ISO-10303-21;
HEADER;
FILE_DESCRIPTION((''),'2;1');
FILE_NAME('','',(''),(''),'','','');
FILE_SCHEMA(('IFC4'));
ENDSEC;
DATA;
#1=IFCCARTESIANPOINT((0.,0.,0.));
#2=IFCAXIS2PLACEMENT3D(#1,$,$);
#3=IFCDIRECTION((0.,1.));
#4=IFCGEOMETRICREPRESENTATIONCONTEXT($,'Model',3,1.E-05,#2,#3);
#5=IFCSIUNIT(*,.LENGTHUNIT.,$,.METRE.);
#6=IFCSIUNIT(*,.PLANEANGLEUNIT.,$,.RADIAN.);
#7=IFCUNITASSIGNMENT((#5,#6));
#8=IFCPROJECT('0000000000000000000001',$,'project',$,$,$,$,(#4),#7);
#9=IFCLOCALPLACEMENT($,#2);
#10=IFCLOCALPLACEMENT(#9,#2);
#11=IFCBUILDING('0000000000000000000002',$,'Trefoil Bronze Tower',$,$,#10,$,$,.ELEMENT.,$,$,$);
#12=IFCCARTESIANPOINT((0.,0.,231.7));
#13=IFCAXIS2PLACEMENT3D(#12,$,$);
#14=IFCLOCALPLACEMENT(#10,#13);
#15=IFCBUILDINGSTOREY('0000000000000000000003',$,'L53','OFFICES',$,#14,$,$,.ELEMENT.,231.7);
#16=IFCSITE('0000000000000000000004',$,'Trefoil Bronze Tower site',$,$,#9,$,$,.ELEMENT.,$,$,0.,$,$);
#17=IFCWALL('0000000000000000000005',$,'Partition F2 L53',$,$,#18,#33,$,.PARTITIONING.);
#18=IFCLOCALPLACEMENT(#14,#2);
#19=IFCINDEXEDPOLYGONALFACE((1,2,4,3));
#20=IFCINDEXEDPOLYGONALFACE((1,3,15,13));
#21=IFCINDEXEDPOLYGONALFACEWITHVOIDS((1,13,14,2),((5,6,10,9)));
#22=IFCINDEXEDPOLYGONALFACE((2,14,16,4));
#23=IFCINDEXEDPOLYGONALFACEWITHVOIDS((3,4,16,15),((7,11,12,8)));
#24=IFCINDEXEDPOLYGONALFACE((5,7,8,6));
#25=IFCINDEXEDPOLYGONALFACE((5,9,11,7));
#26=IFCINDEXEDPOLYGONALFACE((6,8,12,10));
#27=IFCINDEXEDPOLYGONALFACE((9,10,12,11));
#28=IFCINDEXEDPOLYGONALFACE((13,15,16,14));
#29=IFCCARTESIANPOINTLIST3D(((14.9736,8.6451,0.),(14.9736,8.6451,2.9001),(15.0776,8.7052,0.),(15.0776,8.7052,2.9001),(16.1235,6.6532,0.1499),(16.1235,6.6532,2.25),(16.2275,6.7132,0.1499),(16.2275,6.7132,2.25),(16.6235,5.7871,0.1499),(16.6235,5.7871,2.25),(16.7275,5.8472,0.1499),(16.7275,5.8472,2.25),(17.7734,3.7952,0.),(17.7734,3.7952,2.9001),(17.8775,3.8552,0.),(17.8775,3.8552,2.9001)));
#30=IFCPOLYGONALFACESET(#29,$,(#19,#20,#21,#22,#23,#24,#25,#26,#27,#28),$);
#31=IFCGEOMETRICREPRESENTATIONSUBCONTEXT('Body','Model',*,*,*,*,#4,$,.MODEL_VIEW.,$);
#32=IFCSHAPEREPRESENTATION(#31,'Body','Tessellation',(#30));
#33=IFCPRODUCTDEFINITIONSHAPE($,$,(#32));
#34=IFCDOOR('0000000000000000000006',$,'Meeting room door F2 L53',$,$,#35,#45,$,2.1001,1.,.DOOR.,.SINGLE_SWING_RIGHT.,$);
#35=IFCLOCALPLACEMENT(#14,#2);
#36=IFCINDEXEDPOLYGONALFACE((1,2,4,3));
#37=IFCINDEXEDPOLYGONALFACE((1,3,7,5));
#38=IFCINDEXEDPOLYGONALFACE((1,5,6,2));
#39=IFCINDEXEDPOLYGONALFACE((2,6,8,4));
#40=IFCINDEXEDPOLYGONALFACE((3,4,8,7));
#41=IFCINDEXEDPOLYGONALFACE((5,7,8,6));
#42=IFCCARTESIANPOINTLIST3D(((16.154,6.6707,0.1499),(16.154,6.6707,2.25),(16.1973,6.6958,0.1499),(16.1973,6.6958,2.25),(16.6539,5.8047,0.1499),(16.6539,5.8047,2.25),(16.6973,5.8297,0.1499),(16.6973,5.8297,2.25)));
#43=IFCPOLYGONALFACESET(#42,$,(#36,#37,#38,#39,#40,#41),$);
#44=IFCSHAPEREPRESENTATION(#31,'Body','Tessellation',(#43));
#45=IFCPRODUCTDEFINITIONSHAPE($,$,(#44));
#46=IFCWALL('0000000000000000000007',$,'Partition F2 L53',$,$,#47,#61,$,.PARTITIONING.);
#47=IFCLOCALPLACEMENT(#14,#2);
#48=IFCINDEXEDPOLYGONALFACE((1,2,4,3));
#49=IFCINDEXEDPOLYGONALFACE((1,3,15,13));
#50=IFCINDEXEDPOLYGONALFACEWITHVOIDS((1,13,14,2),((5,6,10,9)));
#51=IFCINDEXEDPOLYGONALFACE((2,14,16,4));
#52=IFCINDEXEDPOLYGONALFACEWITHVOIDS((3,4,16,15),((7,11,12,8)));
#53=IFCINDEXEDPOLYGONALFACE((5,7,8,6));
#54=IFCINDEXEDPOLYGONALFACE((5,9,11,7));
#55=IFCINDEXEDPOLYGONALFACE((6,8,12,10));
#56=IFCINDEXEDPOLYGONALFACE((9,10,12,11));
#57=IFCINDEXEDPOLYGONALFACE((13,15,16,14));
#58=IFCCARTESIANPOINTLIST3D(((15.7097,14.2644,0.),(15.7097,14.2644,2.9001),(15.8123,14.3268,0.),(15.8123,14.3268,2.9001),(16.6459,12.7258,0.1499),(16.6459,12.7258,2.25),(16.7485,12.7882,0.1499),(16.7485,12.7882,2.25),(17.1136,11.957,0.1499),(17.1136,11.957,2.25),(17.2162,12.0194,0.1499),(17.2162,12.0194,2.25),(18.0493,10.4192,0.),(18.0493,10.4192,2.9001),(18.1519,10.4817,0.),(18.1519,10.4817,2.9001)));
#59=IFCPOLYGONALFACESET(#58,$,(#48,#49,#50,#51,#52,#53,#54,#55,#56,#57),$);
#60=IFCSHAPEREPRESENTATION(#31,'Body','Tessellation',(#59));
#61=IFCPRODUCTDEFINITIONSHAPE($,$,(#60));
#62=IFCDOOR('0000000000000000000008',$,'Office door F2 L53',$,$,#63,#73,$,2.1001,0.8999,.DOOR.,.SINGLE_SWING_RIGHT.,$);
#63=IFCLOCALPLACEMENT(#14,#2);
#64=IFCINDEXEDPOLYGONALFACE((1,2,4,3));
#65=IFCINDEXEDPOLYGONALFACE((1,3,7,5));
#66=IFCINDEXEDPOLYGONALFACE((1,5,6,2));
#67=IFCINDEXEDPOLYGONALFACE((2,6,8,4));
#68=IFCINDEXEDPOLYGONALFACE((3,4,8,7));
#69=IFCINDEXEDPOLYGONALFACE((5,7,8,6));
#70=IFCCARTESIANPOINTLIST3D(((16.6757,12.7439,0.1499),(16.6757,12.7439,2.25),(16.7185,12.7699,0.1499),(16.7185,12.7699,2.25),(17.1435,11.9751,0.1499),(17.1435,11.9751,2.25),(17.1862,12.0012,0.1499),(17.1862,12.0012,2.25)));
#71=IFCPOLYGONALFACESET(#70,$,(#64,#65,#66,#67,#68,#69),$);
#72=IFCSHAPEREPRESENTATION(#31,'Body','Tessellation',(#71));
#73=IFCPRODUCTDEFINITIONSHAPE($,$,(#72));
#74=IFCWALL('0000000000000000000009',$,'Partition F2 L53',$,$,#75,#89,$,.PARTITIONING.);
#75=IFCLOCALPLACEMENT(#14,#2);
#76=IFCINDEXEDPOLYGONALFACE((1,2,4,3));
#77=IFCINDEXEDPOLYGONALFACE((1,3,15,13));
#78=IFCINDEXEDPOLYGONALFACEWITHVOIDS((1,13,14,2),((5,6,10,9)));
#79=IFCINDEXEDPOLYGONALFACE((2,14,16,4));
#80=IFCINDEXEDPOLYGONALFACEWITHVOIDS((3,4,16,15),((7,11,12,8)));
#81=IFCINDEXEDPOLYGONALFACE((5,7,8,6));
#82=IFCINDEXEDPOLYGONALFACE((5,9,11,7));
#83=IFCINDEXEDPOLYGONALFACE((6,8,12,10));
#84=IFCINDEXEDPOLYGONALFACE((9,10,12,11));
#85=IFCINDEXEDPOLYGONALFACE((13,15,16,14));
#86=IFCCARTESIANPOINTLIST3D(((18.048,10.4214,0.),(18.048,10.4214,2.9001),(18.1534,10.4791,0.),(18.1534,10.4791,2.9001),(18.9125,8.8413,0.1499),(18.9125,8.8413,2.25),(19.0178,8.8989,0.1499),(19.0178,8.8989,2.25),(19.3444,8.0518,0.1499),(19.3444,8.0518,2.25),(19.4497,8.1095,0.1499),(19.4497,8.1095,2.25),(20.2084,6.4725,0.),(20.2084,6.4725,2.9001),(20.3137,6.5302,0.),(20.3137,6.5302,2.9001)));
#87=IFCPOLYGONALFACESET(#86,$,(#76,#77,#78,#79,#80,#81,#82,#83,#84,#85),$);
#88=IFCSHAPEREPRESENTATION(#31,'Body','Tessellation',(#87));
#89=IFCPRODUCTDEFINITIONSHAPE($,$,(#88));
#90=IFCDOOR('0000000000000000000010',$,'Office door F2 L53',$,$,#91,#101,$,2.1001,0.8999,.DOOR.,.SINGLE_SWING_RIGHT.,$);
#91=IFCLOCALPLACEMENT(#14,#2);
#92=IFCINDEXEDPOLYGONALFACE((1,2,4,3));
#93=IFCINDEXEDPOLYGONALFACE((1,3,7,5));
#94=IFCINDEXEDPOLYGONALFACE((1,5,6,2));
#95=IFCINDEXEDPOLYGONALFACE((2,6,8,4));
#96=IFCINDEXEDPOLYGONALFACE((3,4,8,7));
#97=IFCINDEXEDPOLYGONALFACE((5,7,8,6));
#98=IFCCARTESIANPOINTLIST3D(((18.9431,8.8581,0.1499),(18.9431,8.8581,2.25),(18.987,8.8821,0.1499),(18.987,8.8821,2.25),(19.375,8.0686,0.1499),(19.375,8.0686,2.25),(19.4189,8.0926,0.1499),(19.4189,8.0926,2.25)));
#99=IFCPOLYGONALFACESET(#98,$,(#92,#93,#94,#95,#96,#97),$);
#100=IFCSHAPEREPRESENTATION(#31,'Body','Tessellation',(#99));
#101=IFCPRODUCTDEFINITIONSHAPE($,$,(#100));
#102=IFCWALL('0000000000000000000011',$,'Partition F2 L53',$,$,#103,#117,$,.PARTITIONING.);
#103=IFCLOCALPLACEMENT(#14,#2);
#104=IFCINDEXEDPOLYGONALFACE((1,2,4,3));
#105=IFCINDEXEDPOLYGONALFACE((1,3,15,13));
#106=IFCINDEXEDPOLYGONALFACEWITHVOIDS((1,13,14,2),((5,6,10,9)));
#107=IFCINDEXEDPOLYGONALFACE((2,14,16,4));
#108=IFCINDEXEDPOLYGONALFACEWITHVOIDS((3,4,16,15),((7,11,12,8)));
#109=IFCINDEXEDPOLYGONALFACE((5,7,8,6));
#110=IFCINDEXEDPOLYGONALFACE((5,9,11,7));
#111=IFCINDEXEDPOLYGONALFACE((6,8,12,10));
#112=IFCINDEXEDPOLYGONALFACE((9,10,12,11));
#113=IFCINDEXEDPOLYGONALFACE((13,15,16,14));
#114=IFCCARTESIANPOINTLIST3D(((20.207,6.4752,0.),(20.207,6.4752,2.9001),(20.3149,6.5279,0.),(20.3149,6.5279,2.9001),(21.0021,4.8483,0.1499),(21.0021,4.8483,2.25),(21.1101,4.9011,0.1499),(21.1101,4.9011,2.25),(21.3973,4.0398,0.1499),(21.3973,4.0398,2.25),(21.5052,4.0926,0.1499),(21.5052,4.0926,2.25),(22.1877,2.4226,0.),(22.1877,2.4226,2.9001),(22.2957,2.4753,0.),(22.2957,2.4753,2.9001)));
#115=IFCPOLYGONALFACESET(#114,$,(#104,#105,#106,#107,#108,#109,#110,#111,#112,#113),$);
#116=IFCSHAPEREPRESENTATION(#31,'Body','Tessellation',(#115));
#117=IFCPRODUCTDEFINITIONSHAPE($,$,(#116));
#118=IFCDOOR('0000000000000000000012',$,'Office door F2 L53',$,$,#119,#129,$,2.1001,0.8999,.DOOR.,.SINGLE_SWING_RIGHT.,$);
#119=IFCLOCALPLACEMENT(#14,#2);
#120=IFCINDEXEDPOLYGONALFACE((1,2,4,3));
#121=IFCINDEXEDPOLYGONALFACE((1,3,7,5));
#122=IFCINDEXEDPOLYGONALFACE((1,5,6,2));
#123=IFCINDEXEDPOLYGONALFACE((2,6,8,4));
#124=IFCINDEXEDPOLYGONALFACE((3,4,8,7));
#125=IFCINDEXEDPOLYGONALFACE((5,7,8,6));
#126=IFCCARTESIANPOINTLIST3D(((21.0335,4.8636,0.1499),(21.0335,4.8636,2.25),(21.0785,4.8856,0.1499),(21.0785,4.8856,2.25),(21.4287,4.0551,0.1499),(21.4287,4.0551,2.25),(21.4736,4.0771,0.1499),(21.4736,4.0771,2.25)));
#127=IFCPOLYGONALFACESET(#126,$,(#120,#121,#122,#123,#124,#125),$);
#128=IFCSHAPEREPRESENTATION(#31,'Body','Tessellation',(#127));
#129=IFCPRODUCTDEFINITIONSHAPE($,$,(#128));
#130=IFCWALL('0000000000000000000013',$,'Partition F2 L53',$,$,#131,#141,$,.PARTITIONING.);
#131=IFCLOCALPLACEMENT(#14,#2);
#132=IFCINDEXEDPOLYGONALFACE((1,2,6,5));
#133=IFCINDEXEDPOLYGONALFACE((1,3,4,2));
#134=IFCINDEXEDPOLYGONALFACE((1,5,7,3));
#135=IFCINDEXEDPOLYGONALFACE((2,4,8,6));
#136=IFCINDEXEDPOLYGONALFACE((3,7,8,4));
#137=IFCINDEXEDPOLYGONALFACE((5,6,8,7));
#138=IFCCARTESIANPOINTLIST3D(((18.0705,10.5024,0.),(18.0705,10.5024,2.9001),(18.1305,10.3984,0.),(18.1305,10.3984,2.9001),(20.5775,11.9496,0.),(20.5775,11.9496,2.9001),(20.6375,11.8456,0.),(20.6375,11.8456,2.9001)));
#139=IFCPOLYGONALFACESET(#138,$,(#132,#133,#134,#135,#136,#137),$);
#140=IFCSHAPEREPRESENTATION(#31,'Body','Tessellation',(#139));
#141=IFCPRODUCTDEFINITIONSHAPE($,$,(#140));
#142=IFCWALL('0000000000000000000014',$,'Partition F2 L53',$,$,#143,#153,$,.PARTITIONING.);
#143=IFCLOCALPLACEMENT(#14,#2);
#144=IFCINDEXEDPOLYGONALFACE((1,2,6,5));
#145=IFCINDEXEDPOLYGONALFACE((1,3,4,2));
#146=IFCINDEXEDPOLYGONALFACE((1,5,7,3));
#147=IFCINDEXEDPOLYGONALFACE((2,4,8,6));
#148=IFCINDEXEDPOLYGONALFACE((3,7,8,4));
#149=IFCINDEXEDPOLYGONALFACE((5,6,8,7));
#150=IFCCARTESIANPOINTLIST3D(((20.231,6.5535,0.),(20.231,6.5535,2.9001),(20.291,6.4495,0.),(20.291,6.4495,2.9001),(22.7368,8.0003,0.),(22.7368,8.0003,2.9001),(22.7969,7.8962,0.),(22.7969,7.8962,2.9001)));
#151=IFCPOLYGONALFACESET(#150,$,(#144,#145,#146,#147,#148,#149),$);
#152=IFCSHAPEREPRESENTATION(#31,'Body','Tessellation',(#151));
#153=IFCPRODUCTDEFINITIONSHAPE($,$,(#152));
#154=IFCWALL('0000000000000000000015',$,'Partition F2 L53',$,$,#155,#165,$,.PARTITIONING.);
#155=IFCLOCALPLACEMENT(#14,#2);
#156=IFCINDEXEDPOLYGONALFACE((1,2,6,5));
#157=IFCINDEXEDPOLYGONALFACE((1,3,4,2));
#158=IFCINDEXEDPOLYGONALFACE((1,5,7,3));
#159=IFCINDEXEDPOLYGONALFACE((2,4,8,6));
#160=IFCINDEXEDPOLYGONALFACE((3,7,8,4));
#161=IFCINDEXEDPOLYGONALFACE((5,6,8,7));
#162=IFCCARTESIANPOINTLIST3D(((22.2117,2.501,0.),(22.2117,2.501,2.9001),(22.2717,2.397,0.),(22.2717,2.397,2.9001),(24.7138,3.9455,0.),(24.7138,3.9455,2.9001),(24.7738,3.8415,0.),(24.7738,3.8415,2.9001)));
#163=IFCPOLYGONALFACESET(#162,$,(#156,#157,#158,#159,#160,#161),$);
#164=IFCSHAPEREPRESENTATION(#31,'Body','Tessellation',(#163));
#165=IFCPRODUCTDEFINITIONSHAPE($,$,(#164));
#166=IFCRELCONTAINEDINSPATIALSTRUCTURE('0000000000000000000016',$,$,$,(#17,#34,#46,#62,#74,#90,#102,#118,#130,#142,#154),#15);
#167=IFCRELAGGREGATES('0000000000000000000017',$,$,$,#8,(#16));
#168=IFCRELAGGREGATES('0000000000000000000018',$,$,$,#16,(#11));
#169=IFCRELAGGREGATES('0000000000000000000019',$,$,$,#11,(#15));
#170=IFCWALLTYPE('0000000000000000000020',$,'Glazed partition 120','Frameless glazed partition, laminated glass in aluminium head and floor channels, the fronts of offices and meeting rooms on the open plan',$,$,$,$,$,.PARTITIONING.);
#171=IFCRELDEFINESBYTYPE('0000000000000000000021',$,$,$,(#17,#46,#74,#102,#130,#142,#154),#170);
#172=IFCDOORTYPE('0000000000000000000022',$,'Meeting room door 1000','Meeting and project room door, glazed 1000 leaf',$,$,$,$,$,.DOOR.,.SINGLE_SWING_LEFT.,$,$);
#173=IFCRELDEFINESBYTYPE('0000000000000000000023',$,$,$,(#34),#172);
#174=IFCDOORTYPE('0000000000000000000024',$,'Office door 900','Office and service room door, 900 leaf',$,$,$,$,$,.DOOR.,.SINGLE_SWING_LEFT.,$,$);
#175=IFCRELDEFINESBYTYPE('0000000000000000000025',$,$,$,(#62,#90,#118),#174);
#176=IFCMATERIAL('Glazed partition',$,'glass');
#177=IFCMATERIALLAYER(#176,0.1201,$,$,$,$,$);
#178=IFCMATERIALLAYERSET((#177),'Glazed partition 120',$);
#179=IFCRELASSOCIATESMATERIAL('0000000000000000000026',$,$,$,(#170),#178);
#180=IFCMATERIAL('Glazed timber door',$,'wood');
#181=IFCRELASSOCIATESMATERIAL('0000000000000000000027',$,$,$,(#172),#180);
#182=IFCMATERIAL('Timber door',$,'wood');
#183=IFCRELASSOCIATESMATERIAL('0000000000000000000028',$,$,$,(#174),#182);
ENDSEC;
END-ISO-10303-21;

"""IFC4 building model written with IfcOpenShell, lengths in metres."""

from ifc_helpers import new_model, si_unit, direction, frame, frame_2d, origin, place, context, subcontext, project, spatial, rectangle, extrude, material, layer, layer_set, type_object, element, fill, save


model = new_model("IFC4")

# Units and contexts
model_context = context("Model", 3, precision=1e-05, world=origin(), true_north=direction((0.0, 1.0)))
body_context = subcontext(model_context, "Body", "Model", "MODEL_VIEW")
ifc_project = project(units=[si_unit("LENGTHUNIT", "METRE"), si_unit("PLANEANGLEUNIT", "RADIAN")], contexts=[model_context])

# Site, building, storey
site_placement = place(None, origin())
site = spatial("IfcSite", under=ifc_project, at=site_placement, Name="Trefoil Bronze Tower site", CompositionType="ELEMENT", RefElevation=0.0)
building_placement = place(site_placement, origin())
building = spatial("IfcBuilding", under=site, at=building_placement, Name="Trefoil Bronze Tower", CompositionType="ELEMENT")
storey_placement = place(building_placement, frame((0.0, 0.0, 231.7)))
storey = spatial("IfcBuildingStorey", under=building, at=storey_placement, Name="L53", Description="OFFICES", CompositionType="ELEMENT", Elevation=231.7)

# Walls, openings, doors
ifc_material_1 = material(Name="Glazed partition", Category="glass")
ifc_layer_1 = layer(ifc_material_1, 0.1201)
ifc_layer_set_1 = layer_set([ifc_layer_1], Name="Glazed partition 120")
wall_type_1 = type_object("IfcWallType", Name="Glazed partition 120", Description="Frameless glazed partition, laminated glass in aluminium head and floor channels, the fronts of offices and meeting rooms on the open plan", PredefinedType="PARTITIONING", material=ifc_layer_set_1)
ifc_material_2 = material(Name="Glazed timber door", Category="wood")
door_type_1 = type_object("IfcDoorType", Name="Meeting room door 1000", Description="Meeting and project room door, glazed 1000 leaf", OperationType="SINGLE_SWING_LEFT", PredefinedType="DOOR", material=ifc_material_2)
wall_1_placement = place(storey_placement, frame((17.8254, 3.8252, 0.0), z_axis=(0.0, 0.0, 1.0), x_axis=(-0.499965, 0.866045, 0.0)))
wall_1 = element("IfcWall", 1, at=wall_1_placement, inside=storey, type_object=wall_type_1, Name="Partition F2 L53", PredefinedType="PARTITIONING", context=body_context, shape_type="SweptSolid", body=[
    extrude(rectangle(XDim=5.6001, YDim=0.1201, at=frame_2d((2.8, 0.0))), origin(), (0.0, 0.0, 1.0), 2.9001),
])
opening_1_placement = place(wall_1_placement, frame((2.3, 0.0, 0.1499)))
opening_1 = element("IfcOpeningElement", 2, at=opening_1_placement, cuts=wall_1, PredefinedType="OPENING", context=body_context, shape_type="SweptSolid", body=[
    extrude(rectangle(XDim=1.0, YDim=2.1001, at=frame_2d((0.5, 1.05))), frame((0.0, 0.0701, 0.0), z_axis=(0.0, -1.0, 0.0), x_axis=(1.0, 0.0, 0.0)), (0.0, 0.0, 1.0), 0.1401),
])
door_1_placement = place(opening_1_placement, origin())
door_1 = element("IfcDoor", 3, at=door_1_placement, inside=storey, type_object=door_type_1, Name="Meeting room door F2 L53", OperationType="SINGLE_SWING_RIGHT", OverallHeight=2.1001, OverallWidth=1.0, PredefinedType="DOOR", context=body_context, shape_type="SweptSolid", body=[
    extrude(rectangle(XDim=1.0, YDim=2.1001, at=frame_2d((0.5, 1.05))), frame((0.0, 0.0249, 0.0), z_axis=(0.0, -1.0, 0.0), x_axis=(1.0, 0.0, 0.0)), (0.0, 0.0, 1.0), 0.05),
])
fill(opening_1, door_1)
wall_2_placement = place(storey_placement, frame((18.1006, 10.4504, 0.0), z_axis=(0.0, 0.0, 1.0), x_axis=(-0.51979, 0.854294, 0.0)))
wall_2 = element("IfcWall", 4, at=wall_2_placement, inside=storey, type_object=wall_type_1, Name="Partition F2 L53", PredefinedType="PARTITIONING", context=body_context, shape_type="SweptSolid", body=[
    extrude(rectangle(XDim=4.501, YDim=0.1201, at=frame_2d((2.2505, 0.0))), origin(), (0.0, 0.0, 1.0), 2.9001),
])
opening_2_placement = place(wall_2_placement, frame((1.8, 0.0, 0.1499)))
opening_2 = element("IfcOpeningElement", 5, at=opening_2_placement, cuts=wall_2, PredefinedType="OPENING", context=body_context, shape_type="SweptSolid", body=[
    extrude(rectangle(XDim=0.8999, YDim=2.1001, at=frame_2d((0.45, 1.05))), frame((0.0, 0.0701, 0.0), z_axis=(0.0, -1.0, 0.0), x_axis=(1.0, 0.0, 0.0)), (0.0, 0.0, 1.0), 0.1401),
])
ifc_material_3 = material(Name="Timber door", Category="wood")
door_type_2 = type_object("IfcDoorType", Name="Office door 900", Description="Office and service room door, 900 leaf", OperationType="SINGLE_SWING_LEFT", PredefinedType="DOOR", material=ifc_material_3)
door_2_placement = place(opening_2_placement, frame((0.8999, 0.0, 0.0), z_axis=(0.0, 0.0, 1.0), x_axis=(-1.0, 0.0, 0.0)))
door_2 = element("IfcDoor", 6, at=door_2_placement, inside=storey, type_object=door_type_2, Name="Office door F2 L53", OperationType="SINGLE_SWING_RIGHT", OverallHeight=2.1001, OverallWidth=0.8999, PredefinedType="DOOR", context=body_context, shape_type="SweptSolid", body=[
    extrude(rectangle(XDim=0.8999, YDim=2.1001, at=frame_2d((0.45, 1.05))), frame((0.0, 0.0249, 0.0), z_axis=(0.0, -1.0, 0.0), x_axis=(1.0, 0.0, 0.0)), (0.0, 0.0, 1.0), 0.05),
])
fill(opening_2, door_2)
wall_3_placement = place(storey_placement, frame((20.261, 6.5015, 0.0), z_axis=(0.0, 0.0, 1.0), x_axis=(-0.47995, 0.877296, 0.0)))
wall_3 = element("IfcWall", 7, at=wall_3_placement, inside=storey, type_object=wall_type_1, Name="Partition F2 L53", PredefinedType="PARTITIONING", context=body_context, shape_type="SweptSolid", body=[
    extrude(rectangle(XDim=4.5012, YDim=0.1201, at=frame_2d((2.2505, 0.0))), origin(), (0.0, 0.0, 1.0), 2.9001),
])
opening_3_placement = place(wall_3_placement, frame((1.8, 0.0, 0.1499)))
opening_3 = element("IfcOpeningElement", 8, at=opening_3_placement, cuts=wall_3, PredefinedType="OPENING", context=body_context, shape_type="SweptSolid", body=[
    extrude(rectangle(XDim=0.8999, YDim=2.1001, at=frame_2d((0.45, 1.05))), frame((0.0, 0.0701, 0.0), z_axis=(0.0, -1.0, 0.0), x_axis=(1.0, 0.0, 0.0)), (0.0, 0.0, 1.0), 0.1401),
])
door_3_placement = place(opening_3_placement, frame((0.8999, 0.0, 0.0), z_axis=(0.0, 0.0, 1.0), x_axis=(-1.0, 0.0, 0.0)))
door_3 = element("IfcDoor", 9, at=door_3_placement, inside=storey, type_object=door_type_2, Name="Office door F2 L53", OperationType="SINGLE_SWING_RIGHT", OverallHeight=2.1001, OverallWidth=0.8999, PredefinedType="DOOR", context=body_context, shape_type="SweptSolid", body=[
    extrude(rectangle(XDim=0.8999, YDim=2.1001, at=frame_2d((0.45, 1.05))), frame((0.0, 0.0249, 0.0), z_axis=(0.0, -1.0, 0.0), x_axis=(1.0, 0.0, 0.0)), (0.0, 0.0, 1.0), 0.05),
])
fill(opening_3, door_3)
wall_4_placement = place(storey_placement, frame((22.2417, 2.449, 0.0), z_axis=(0.0, 0.0, 1.0), x_axis=(-0.43912, 0.898428, 0.0)))
wall_4 = element("IfcWall", 10, at=wall_4_placement, inside=storey, type_object=wall_type_1, Name="Partition F2 L53", PredefinedType="PARTITIONING", context=body_context, shape_type="SweptSolid", body=[
    extrude(rectangle(XDim=4.5107, YDim=0.1201, at=frame_2d((2.2554, 0.0))), origin(), (0.0, 0.0, 1.0), 2.9001),
])
opening_4_placement = place(wall_4_placement, frame((1.8, 0.0, 0.1499)))
opening_4 = element("IfcOpeningElement", 11, at=opening_4_placement, cuts=wall_4, PredefinedType="OPENING", context=body_context, shape_type="SweptSolid", body=[
    extrude(rectangle(XDim=0.8999, YDim=2.1001, at=frame_2d((0.45, 1.05))), frame((0.0, 0.0701, 0.0), z_axis=(0.0, -1.0, 0.0), x_axis=(1.0, 0.0, 0.0)), (0.0, 0.0, 1.0), 0.1401),
])
door_4_placement = place(opening_4_placement, frame((0.8999, 0.0, 0.0), z_axis=(0.0, 0.0, 1.0), x_axis=(-1.0, 0.0, 0.0)))
door_4 = element("IfcDoor", 12, at=door_4_placement, inside=storey, type_object=door_type_2, Name="Office door F2 L53", OperationType="SINGLE_SWING_RIGHT", OverallHeight=2.1001, OverallWidth=0.8999, PredefinedType="DOOR", context=body_context, shape_type="SweptSolid", body=[
    extrude(rectangle(XDim=0.8999, YDim=2.1001, at=frame_2d((0.45, 1.05))), frame((0.0, 0.0249, 0.0), z_axis=(0.0, -1.0, 0.0), x_axis=(1.0, 0.0, 0.0)), (0.0, 0.0, 1.0), 0.05),
])
fill(opening_4, door_4)

# Walls
wall_5_placement = place(storey_placement, frame((18.1006, 10.4504, 0.0), z_axis=(0.0, 0.0, 1.0), x_axis=(0.866055, 0.499949, 0.0)))
element("IfcWall", 13, at=wall_5_placement, inside=storey, type_object=wall_type_1, Name="Partition F2 L53", PredefinedType="PARTITIONING", context=body_context, shape_type="SweptSolid", body=[
    extrude(rectangle(XDim=2.8948, YDim=0.1201, at=frame_2d((1.4473, 0.0))), origin(), (0.0, 0.0, 1.0), 2.9001),
])
wall_6_placement = place(storey_placement, frame((20.261, 6.5015, 0.0), z_axis=(0.0, 0.0, 1.0), x_axis=(0.866023, 0.500005, 0.0)))
element("IfcWall", 14, at=wall_6_placement, inside=storey, type_object=wall_type_1, Name="Partition F2 L53", PredefinedType="PARTITIONING", context=body_context, shape_type="SweptSolid", body=[
    extrude(rectangle(XDim=2.8936, YDim=0.1201, at=frame_2d((1.4468, 0.0))), origin(), (0.0, 0.0, 1.0), 2.9001),
])
wall_7_placement = place(storey_placement, frame((22.2417, 2.449, 0.0), z_axis=(0.0, 0.0, 1.0), x_axis=(0.866035, 0.499983, 0.0)))
element("IfcWall", 15, at=wall_7_placement, inside=storey, type_object=wall_type_1, Name="Partition F2 L53", PredefinedType="PARTITIONING", context=body_context, shape_type="SweptSolid", body=[
    extrude(rectangle(XDim=2.8892, YDim=0.1201, at=frame_2d((1.4446, 0.0))), origin(), (0.0, 0.0, 1.0), 2.9001),
])

save(model, "model.ifc")
